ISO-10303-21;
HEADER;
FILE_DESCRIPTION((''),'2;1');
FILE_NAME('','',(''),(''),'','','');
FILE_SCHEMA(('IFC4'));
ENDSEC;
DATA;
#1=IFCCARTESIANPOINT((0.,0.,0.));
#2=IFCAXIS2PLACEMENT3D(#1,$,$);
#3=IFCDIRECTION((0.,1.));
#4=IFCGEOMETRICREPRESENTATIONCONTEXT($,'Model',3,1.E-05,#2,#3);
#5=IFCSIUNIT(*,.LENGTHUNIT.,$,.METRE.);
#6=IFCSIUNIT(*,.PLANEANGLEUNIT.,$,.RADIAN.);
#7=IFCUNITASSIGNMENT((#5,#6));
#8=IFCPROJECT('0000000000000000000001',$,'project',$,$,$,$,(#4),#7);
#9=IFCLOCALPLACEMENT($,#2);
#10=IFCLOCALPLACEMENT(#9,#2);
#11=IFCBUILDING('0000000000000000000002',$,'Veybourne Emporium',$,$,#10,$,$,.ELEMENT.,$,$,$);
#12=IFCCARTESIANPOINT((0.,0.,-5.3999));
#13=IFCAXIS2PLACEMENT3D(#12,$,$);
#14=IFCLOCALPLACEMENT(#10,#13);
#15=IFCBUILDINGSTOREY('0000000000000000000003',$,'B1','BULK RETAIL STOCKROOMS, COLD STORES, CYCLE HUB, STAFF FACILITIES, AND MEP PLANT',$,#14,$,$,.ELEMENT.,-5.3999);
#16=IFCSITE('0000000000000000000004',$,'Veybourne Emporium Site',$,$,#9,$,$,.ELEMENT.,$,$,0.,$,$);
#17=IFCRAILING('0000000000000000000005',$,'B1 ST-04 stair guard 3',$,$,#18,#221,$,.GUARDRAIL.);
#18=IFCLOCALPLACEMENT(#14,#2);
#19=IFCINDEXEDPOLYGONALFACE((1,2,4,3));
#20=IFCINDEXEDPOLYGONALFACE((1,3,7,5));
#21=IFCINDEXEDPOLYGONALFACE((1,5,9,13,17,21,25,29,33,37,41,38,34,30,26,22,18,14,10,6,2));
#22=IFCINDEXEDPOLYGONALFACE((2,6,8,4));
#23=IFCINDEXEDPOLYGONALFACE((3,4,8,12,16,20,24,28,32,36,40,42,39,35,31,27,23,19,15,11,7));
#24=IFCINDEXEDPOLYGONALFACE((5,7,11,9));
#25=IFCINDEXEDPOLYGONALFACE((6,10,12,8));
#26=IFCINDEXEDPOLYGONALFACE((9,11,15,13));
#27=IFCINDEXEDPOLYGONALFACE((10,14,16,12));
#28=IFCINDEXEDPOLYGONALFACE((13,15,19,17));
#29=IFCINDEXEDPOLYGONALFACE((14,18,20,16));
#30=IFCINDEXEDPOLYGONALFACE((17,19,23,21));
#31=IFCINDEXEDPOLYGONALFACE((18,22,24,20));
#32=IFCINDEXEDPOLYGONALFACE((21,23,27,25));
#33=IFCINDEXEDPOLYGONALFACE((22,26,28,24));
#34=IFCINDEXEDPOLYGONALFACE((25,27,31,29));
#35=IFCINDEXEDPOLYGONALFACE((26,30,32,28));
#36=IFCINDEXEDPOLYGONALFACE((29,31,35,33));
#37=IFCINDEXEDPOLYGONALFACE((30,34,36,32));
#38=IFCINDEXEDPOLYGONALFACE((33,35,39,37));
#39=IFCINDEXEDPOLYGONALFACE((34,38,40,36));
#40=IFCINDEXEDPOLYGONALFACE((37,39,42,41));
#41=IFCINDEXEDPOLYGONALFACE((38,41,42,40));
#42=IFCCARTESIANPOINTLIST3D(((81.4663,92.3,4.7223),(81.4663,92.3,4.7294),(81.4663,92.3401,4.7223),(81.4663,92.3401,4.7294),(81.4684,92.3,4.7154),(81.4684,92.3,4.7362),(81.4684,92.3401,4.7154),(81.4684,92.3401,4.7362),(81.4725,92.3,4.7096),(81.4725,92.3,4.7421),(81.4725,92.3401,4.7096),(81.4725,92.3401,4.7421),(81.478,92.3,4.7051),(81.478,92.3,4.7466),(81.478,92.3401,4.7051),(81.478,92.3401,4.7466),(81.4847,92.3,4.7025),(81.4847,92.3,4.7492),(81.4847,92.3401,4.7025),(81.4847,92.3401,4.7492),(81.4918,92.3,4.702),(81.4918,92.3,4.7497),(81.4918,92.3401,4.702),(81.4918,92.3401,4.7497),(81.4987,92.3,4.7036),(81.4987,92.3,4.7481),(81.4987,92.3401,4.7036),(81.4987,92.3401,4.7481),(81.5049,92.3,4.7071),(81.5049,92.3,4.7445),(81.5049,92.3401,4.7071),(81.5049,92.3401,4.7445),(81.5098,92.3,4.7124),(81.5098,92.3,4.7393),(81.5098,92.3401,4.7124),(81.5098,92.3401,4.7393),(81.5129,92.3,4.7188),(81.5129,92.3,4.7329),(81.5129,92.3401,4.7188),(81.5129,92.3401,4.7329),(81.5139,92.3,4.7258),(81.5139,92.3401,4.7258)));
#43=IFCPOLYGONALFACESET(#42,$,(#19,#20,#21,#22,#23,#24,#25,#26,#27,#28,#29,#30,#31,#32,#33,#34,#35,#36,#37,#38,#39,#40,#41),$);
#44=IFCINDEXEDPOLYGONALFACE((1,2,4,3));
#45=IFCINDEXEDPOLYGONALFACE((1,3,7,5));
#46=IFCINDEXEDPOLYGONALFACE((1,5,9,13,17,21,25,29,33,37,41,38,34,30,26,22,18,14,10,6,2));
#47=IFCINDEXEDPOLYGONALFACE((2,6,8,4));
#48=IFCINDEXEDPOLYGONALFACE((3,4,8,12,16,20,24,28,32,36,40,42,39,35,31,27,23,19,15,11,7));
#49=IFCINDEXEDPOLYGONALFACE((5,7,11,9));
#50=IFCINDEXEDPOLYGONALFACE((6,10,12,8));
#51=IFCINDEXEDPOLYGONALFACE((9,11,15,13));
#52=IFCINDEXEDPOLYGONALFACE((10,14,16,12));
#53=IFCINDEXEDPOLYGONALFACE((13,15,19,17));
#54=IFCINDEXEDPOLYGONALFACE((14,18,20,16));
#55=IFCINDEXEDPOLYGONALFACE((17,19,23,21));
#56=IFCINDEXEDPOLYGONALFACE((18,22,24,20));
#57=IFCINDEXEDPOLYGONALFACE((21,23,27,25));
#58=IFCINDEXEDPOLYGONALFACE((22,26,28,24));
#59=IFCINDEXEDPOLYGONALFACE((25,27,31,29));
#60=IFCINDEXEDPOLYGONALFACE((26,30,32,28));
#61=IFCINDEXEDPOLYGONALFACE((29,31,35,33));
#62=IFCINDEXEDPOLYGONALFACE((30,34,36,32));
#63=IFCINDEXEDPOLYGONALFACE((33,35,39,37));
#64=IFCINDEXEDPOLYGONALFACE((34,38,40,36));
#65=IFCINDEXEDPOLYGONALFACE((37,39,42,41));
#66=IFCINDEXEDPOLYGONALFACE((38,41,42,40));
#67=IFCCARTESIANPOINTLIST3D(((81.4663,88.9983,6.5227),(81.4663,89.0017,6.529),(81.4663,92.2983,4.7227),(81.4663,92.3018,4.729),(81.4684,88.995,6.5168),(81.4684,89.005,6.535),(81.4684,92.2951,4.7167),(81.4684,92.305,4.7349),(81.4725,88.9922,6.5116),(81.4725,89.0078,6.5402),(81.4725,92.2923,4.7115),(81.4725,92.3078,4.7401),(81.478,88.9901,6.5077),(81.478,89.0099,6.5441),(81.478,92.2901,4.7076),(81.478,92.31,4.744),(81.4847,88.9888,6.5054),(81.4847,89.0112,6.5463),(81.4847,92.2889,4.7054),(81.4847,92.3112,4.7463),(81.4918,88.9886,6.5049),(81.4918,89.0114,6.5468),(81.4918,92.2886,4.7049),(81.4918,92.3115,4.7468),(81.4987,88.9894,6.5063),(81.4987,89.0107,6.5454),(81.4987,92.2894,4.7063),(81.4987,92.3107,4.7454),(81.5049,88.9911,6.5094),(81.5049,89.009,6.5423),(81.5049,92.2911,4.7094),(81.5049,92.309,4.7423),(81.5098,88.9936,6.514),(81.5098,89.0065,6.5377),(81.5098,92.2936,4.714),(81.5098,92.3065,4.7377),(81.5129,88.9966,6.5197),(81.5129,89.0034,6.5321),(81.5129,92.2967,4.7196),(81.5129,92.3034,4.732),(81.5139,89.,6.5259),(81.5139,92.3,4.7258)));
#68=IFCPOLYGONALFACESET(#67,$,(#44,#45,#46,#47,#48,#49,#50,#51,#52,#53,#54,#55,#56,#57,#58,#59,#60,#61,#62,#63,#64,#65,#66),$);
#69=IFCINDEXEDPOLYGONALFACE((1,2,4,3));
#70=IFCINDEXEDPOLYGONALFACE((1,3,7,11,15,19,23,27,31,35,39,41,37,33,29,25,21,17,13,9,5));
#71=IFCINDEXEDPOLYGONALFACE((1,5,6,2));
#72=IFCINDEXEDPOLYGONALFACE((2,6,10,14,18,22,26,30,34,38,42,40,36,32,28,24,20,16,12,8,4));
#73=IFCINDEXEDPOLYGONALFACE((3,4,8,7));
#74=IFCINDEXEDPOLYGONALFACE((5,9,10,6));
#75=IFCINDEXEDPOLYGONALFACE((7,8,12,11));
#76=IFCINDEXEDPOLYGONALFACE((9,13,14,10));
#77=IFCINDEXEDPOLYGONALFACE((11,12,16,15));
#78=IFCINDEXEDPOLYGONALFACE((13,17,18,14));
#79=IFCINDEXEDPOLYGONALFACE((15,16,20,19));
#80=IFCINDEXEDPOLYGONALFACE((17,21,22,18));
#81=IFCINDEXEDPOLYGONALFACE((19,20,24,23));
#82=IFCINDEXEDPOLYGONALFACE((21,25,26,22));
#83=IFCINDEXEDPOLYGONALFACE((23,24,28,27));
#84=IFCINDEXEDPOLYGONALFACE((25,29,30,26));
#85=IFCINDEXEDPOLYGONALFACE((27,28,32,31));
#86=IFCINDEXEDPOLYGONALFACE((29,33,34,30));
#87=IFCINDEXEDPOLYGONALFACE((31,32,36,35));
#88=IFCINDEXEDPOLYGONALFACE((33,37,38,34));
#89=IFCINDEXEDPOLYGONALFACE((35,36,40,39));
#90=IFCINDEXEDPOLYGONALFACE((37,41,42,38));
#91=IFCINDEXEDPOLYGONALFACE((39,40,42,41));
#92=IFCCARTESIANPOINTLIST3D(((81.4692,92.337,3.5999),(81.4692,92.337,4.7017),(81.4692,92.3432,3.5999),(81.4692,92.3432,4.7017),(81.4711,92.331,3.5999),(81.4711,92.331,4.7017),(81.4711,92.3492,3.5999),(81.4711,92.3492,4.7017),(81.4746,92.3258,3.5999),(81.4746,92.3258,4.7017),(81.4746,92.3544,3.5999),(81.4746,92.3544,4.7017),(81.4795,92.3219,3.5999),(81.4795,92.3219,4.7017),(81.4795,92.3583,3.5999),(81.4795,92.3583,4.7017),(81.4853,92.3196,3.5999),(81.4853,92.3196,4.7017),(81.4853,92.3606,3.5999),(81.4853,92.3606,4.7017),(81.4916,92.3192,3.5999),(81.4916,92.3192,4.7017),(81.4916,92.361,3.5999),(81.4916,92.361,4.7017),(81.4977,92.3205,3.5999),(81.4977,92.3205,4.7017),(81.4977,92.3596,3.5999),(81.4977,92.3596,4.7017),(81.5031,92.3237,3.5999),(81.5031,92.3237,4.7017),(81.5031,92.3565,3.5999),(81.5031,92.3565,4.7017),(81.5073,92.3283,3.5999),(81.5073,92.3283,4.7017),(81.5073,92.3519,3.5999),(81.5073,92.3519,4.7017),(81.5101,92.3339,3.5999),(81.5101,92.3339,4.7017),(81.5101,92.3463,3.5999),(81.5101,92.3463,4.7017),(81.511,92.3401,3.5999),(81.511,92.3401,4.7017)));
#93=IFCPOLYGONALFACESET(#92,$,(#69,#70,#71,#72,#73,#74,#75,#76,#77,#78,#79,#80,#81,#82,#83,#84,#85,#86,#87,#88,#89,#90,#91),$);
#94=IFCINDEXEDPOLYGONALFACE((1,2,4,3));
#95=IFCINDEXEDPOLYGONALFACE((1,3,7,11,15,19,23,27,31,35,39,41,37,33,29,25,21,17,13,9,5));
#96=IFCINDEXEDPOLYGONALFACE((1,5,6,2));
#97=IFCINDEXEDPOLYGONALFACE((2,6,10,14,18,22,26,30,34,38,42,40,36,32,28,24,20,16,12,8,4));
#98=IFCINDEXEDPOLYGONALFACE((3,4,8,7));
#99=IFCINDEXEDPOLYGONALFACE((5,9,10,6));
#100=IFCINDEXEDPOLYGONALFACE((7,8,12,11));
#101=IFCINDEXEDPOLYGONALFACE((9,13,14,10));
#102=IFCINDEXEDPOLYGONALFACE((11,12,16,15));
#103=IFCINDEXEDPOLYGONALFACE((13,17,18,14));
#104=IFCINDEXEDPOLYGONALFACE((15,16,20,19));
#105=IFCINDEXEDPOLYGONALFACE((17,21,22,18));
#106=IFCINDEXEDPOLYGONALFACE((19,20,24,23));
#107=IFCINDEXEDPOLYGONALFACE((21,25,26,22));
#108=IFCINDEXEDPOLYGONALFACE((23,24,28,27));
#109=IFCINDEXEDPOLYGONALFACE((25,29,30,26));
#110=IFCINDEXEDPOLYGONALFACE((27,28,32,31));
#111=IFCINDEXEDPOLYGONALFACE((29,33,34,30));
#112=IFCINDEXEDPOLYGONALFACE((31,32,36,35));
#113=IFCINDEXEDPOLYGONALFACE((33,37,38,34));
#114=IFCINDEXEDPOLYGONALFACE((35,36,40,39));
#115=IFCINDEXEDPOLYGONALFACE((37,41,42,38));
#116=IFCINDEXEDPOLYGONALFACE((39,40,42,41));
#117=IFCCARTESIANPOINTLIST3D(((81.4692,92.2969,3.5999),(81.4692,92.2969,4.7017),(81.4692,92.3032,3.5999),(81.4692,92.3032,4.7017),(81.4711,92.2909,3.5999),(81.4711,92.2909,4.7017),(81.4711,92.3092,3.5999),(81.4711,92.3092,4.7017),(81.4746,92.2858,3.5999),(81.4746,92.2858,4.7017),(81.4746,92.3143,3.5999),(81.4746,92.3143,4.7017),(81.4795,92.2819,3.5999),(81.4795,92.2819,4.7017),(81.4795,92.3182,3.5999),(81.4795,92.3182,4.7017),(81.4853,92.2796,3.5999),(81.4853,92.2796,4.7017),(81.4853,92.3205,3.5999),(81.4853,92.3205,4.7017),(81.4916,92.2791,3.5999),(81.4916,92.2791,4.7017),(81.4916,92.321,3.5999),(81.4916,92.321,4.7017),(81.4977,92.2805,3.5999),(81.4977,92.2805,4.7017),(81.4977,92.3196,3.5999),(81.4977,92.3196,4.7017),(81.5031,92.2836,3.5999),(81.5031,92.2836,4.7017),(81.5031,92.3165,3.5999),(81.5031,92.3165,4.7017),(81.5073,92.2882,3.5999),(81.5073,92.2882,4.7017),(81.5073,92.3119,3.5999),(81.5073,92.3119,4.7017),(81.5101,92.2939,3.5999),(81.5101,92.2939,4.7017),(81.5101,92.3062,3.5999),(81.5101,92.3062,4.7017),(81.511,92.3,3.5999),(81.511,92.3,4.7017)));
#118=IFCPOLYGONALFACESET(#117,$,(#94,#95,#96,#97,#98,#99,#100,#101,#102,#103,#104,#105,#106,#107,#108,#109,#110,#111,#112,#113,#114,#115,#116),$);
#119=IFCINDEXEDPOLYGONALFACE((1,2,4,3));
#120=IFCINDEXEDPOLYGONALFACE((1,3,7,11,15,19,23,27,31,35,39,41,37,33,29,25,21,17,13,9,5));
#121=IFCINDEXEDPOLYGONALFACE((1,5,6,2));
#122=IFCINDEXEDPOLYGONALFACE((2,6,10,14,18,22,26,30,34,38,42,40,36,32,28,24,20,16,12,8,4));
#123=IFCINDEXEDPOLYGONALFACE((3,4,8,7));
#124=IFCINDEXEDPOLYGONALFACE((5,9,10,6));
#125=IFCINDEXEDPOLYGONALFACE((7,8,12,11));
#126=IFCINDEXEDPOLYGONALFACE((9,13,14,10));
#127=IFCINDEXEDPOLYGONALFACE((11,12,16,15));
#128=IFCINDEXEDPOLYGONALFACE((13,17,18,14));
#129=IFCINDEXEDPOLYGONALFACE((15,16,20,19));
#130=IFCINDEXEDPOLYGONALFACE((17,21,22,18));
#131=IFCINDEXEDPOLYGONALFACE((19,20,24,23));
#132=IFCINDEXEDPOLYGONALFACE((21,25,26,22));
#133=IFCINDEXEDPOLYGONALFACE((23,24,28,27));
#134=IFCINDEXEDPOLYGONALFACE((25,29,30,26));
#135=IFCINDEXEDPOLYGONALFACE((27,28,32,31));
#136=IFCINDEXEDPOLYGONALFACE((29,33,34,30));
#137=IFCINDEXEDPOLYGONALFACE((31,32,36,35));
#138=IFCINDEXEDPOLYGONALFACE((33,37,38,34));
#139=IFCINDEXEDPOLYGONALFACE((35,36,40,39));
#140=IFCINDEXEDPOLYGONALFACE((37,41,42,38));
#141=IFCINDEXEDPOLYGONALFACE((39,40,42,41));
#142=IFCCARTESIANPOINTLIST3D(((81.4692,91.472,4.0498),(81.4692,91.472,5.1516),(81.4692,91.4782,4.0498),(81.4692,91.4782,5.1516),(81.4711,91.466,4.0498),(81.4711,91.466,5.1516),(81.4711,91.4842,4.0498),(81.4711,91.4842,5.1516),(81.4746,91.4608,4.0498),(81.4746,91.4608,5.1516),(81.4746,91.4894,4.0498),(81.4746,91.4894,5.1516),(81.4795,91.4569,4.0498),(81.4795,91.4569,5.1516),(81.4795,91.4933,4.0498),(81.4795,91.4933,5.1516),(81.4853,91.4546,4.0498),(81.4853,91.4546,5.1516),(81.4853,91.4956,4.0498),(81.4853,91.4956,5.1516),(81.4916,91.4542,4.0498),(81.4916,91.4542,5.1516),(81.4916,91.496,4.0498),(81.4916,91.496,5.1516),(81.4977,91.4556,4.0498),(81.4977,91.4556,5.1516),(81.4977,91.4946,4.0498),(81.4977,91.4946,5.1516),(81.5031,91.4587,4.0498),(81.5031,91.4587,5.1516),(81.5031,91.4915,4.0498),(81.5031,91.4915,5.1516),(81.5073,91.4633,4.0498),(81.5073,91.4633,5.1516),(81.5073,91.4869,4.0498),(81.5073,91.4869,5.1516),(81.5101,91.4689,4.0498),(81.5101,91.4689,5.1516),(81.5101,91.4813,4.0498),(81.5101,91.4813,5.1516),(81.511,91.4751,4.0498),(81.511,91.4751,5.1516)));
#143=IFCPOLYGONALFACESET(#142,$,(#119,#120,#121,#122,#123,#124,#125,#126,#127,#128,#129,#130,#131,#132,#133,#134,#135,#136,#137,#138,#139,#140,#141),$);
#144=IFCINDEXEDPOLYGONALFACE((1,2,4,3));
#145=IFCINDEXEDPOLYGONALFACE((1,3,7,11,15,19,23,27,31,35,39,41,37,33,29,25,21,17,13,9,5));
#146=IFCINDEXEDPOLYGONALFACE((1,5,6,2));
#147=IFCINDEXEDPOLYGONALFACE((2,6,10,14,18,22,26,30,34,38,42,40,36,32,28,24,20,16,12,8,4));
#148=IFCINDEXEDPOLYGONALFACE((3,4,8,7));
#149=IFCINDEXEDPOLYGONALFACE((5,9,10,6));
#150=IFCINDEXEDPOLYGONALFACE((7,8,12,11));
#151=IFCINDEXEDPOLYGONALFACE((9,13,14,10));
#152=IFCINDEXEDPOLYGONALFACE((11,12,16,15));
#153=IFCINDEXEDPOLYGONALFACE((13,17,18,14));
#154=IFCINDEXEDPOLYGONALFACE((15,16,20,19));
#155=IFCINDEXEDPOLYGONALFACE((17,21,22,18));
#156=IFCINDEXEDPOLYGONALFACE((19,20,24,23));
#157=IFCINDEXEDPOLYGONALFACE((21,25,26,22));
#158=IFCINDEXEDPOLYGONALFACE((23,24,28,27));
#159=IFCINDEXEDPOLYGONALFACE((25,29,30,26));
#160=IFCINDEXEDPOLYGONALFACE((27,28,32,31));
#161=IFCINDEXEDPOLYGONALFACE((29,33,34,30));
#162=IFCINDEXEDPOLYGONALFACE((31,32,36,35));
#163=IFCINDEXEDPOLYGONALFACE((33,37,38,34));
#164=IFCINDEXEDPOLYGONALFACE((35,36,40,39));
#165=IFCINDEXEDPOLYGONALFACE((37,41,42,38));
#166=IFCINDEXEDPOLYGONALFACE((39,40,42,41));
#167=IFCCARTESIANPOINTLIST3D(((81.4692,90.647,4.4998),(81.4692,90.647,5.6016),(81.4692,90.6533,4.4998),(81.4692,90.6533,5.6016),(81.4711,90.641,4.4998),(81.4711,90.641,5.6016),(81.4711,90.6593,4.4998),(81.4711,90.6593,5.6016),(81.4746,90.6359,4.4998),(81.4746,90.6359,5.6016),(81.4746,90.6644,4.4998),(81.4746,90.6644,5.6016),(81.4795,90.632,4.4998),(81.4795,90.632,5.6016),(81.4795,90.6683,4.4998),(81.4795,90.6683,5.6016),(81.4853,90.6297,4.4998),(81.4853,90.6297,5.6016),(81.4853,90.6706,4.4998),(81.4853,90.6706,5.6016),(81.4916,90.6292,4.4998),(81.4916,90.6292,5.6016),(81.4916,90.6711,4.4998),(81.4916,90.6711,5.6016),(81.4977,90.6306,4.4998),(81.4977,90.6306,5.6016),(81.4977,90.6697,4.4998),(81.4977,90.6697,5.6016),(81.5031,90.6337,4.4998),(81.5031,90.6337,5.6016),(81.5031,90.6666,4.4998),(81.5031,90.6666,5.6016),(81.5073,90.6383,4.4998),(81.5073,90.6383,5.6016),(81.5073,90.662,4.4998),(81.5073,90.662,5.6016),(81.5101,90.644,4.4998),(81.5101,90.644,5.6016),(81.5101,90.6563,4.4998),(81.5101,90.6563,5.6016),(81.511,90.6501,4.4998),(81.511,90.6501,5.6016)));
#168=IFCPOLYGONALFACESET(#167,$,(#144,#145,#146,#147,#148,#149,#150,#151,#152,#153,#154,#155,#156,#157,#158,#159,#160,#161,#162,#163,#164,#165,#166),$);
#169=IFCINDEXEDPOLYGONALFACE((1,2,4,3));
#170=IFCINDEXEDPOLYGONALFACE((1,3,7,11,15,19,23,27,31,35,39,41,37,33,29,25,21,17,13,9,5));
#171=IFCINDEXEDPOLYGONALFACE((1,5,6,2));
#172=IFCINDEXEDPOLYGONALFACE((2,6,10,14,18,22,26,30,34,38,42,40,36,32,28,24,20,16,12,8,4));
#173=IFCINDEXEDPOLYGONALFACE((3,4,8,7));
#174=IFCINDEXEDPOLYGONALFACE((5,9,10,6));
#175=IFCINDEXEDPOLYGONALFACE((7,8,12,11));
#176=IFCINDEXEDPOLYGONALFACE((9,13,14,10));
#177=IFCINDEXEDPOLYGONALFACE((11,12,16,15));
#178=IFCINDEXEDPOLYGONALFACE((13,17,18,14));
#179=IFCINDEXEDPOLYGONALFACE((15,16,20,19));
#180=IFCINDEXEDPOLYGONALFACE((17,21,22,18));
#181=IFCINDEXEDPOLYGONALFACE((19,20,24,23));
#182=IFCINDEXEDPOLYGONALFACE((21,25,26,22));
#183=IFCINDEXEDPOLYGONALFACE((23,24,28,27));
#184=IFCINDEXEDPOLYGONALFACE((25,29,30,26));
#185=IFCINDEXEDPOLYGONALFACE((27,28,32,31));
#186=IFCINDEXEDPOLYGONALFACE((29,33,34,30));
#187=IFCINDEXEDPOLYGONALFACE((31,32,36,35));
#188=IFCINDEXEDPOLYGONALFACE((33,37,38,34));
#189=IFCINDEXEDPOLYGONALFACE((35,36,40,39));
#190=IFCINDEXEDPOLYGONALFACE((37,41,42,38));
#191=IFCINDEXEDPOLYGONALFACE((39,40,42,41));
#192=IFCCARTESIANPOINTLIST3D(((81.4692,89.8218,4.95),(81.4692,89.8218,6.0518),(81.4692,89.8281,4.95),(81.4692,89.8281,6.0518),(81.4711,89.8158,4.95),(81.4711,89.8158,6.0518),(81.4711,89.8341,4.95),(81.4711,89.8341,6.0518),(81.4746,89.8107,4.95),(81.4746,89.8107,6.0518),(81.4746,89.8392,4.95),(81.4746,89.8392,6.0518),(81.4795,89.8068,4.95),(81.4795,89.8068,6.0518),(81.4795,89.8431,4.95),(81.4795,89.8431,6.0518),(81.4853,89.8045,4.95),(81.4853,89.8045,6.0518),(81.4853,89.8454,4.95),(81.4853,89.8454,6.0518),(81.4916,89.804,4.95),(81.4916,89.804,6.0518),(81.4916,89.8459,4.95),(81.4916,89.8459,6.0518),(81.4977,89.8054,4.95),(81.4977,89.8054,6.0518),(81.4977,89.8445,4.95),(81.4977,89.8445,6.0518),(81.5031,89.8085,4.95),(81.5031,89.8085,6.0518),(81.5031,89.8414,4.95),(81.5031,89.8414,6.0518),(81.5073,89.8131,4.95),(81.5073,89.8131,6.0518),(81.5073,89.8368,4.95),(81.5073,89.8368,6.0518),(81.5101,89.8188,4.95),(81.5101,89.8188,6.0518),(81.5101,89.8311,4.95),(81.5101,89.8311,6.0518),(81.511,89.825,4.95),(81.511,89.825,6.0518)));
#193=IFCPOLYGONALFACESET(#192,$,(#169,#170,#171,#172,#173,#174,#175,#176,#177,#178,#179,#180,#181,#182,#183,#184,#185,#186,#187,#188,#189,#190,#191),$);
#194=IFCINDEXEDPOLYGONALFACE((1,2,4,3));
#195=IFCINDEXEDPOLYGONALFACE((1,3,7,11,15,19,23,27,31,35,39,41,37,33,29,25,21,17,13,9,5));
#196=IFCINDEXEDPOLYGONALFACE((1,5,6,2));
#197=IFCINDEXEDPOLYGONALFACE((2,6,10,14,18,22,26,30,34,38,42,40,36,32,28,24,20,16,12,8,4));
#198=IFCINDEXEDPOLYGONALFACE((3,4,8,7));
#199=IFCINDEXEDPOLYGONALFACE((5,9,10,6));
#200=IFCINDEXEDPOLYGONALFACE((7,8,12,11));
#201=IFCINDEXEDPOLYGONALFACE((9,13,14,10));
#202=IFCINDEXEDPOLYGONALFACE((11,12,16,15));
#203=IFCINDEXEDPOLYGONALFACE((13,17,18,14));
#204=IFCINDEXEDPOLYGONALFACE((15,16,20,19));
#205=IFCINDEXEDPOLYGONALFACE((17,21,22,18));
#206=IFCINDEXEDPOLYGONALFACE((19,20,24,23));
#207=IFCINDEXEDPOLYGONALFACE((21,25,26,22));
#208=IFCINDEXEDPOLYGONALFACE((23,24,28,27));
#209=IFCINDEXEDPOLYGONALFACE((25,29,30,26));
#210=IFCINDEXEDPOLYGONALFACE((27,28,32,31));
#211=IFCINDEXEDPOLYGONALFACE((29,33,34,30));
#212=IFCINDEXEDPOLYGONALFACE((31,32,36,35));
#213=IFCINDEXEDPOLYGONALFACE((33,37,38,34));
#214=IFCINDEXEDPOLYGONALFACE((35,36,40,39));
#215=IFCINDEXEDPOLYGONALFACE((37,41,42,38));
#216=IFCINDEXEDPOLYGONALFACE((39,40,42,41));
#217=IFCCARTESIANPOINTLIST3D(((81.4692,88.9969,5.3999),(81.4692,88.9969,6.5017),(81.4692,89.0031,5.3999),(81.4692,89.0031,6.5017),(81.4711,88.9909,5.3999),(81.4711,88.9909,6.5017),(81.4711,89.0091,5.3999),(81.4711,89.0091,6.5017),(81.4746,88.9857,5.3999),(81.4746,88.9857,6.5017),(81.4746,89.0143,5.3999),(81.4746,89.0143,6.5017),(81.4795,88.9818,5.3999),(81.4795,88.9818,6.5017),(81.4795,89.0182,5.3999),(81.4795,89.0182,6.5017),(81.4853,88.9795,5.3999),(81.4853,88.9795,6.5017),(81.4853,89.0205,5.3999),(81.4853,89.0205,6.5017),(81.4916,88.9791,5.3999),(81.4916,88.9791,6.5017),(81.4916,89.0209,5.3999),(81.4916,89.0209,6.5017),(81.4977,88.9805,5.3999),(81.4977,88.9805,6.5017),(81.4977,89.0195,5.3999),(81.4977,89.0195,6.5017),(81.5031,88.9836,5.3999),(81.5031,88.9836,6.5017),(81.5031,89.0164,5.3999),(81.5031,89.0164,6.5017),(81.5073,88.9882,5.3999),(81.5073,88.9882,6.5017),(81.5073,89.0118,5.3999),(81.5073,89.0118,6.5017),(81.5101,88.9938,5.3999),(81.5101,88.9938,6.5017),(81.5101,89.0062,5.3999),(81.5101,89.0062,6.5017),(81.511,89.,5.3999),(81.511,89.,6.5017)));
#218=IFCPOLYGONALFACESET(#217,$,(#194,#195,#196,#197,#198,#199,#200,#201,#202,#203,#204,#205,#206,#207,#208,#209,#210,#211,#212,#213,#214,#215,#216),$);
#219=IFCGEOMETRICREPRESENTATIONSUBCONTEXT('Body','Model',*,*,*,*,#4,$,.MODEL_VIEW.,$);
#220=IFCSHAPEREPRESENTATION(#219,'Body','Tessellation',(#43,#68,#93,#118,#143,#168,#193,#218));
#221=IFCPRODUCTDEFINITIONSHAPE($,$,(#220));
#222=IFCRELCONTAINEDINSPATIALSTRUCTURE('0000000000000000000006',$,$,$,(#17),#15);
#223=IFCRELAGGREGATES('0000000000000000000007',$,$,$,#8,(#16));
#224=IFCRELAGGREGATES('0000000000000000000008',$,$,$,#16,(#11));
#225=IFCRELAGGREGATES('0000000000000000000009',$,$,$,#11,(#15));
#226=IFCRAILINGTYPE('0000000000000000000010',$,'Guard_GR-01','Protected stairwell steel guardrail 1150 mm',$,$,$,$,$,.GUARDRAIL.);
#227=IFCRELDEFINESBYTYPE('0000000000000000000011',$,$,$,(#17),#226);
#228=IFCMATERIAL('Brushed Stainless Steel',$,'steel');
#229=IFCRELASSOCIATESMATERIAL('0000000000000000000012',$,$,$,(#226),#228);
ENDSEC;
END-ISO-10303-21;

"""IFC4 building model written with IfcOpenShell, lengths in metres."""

from ifc_helpers import new_model, si_unit, direction, frame, origin, origin_2d, place, context, subcontext, project, spatial, circle, extrude, material, type_object, element, save


model = new_model("IFC4")

# Units and contexts
model_context = context("Model", 3, precision=1e-05, world=origin(), true_north=direction((0.0, 1.0)))
body_context = subcontext(model_context, "Body", "Model", "MODEL_VIEW")
ifc_project = project(units=[si_unit("LENGTHUNIT", "METRE"), si_unit("PLANEANGLEUNIT", "RADIAN")], contexts=[model_context])

# Site, building, storey
site_placement = place(None, origin())
site = spatial("IfcSite", under=ifc_project, at=site_placement, Name="Veybourne Emporium Site", CompositionType="ELEMENT", RefElevation=0.0)
building_placement = place(site_placement, origin())
building = spatial("IfcBuilding", under=site, at=building_placement, Name="Veybourne Emporium", CompositionType="ELEMENT")
storey_placement = place(building_placement, frame((0.0, 0.0, -5.3999)))
storey = spatial("IfcBuildingStorey", under=building, at=storey_placement, Name="B1", Description="BULK RETAIL STOCKROOMS, COLD STORES, CYCLE HUB, STAFF FACILITIES, AND MEP PLANT", CompositionType="ELEMENT", Elevation=-5.3999)

# Railing
ifc_material_1 = material(Name="Brushed Stainless Steel", Category="steel")
railing_type_1 = type_object("IfcRailingType", Name="Guard_GR-01", Description="Protected stairwell steel guardrail 1150 mm", PredefinedType="GUARDRAIL", material=ifc_material_1)
railing_1_placement = place(storey_placement, frame((81.49, 92.3401, 3.5999)))
element("IfcRailing", 1, at=railing_1_placement, inside=storey, type_object=railing_type_1, Name="B1 ST-04 stair guard 3", PredefinedType="GUARDRAIL", context=body_context, shape_type="SweptSolid", body=[
    extrude(circle(Radius=0.0239, at=origin_2d()), frame((0.0, 0.0, 1.126), z_axis=(0.0, -1.0, 0.0), x_axis=(1.0, 0.0, 0.0)), (0.0, 0.0, 1.0), 0.04),
    extrude(circle(Radius=0.0239, at=origin_2d()), frame((0.0, -0.04, 1.126), z_axis=(0.0, -0.877893, 0.478857), x_axis=(1.0, 0.0, 0.0)), (0.0, 0.0, 1.0), 3.759),
    extrude(circle(Radius=0.021, at=origin_2d()), origin(), (0.0, 0.0, 1.0), 1.1018),
    extrude(circle(Radius=0.021, at=origin_2d()), frame((0.0, -0.04, 0.0)), (0.0, 0.0, 1.0), 1.1018),
    extrude(circle(Radius=0.021, at=origin_2d()), frame((0.0, -0.865, 0.45)), (0.0, 0.0, 1.0), 1.1018),
    extrude(circle(Radius=0.021, at=origin_2d()), frame((0.0, -1.6899, 0.8999)), (0.0, 0.0, 1.0), 1.1018),
    extrude(circle(Radius=0.021, at=origin_2d()), frame((0.0, -2.5151, 1.3501)), (0.0, 0.0, 1.0), 1.1018),
    extrude(circle(Radius=0.021, at=origin_2d()), frame((0.0, -3.3401, 1.8)), (0.0, 0.0, 1.0), 1.1018),
])

save(model, "model.ifc")
